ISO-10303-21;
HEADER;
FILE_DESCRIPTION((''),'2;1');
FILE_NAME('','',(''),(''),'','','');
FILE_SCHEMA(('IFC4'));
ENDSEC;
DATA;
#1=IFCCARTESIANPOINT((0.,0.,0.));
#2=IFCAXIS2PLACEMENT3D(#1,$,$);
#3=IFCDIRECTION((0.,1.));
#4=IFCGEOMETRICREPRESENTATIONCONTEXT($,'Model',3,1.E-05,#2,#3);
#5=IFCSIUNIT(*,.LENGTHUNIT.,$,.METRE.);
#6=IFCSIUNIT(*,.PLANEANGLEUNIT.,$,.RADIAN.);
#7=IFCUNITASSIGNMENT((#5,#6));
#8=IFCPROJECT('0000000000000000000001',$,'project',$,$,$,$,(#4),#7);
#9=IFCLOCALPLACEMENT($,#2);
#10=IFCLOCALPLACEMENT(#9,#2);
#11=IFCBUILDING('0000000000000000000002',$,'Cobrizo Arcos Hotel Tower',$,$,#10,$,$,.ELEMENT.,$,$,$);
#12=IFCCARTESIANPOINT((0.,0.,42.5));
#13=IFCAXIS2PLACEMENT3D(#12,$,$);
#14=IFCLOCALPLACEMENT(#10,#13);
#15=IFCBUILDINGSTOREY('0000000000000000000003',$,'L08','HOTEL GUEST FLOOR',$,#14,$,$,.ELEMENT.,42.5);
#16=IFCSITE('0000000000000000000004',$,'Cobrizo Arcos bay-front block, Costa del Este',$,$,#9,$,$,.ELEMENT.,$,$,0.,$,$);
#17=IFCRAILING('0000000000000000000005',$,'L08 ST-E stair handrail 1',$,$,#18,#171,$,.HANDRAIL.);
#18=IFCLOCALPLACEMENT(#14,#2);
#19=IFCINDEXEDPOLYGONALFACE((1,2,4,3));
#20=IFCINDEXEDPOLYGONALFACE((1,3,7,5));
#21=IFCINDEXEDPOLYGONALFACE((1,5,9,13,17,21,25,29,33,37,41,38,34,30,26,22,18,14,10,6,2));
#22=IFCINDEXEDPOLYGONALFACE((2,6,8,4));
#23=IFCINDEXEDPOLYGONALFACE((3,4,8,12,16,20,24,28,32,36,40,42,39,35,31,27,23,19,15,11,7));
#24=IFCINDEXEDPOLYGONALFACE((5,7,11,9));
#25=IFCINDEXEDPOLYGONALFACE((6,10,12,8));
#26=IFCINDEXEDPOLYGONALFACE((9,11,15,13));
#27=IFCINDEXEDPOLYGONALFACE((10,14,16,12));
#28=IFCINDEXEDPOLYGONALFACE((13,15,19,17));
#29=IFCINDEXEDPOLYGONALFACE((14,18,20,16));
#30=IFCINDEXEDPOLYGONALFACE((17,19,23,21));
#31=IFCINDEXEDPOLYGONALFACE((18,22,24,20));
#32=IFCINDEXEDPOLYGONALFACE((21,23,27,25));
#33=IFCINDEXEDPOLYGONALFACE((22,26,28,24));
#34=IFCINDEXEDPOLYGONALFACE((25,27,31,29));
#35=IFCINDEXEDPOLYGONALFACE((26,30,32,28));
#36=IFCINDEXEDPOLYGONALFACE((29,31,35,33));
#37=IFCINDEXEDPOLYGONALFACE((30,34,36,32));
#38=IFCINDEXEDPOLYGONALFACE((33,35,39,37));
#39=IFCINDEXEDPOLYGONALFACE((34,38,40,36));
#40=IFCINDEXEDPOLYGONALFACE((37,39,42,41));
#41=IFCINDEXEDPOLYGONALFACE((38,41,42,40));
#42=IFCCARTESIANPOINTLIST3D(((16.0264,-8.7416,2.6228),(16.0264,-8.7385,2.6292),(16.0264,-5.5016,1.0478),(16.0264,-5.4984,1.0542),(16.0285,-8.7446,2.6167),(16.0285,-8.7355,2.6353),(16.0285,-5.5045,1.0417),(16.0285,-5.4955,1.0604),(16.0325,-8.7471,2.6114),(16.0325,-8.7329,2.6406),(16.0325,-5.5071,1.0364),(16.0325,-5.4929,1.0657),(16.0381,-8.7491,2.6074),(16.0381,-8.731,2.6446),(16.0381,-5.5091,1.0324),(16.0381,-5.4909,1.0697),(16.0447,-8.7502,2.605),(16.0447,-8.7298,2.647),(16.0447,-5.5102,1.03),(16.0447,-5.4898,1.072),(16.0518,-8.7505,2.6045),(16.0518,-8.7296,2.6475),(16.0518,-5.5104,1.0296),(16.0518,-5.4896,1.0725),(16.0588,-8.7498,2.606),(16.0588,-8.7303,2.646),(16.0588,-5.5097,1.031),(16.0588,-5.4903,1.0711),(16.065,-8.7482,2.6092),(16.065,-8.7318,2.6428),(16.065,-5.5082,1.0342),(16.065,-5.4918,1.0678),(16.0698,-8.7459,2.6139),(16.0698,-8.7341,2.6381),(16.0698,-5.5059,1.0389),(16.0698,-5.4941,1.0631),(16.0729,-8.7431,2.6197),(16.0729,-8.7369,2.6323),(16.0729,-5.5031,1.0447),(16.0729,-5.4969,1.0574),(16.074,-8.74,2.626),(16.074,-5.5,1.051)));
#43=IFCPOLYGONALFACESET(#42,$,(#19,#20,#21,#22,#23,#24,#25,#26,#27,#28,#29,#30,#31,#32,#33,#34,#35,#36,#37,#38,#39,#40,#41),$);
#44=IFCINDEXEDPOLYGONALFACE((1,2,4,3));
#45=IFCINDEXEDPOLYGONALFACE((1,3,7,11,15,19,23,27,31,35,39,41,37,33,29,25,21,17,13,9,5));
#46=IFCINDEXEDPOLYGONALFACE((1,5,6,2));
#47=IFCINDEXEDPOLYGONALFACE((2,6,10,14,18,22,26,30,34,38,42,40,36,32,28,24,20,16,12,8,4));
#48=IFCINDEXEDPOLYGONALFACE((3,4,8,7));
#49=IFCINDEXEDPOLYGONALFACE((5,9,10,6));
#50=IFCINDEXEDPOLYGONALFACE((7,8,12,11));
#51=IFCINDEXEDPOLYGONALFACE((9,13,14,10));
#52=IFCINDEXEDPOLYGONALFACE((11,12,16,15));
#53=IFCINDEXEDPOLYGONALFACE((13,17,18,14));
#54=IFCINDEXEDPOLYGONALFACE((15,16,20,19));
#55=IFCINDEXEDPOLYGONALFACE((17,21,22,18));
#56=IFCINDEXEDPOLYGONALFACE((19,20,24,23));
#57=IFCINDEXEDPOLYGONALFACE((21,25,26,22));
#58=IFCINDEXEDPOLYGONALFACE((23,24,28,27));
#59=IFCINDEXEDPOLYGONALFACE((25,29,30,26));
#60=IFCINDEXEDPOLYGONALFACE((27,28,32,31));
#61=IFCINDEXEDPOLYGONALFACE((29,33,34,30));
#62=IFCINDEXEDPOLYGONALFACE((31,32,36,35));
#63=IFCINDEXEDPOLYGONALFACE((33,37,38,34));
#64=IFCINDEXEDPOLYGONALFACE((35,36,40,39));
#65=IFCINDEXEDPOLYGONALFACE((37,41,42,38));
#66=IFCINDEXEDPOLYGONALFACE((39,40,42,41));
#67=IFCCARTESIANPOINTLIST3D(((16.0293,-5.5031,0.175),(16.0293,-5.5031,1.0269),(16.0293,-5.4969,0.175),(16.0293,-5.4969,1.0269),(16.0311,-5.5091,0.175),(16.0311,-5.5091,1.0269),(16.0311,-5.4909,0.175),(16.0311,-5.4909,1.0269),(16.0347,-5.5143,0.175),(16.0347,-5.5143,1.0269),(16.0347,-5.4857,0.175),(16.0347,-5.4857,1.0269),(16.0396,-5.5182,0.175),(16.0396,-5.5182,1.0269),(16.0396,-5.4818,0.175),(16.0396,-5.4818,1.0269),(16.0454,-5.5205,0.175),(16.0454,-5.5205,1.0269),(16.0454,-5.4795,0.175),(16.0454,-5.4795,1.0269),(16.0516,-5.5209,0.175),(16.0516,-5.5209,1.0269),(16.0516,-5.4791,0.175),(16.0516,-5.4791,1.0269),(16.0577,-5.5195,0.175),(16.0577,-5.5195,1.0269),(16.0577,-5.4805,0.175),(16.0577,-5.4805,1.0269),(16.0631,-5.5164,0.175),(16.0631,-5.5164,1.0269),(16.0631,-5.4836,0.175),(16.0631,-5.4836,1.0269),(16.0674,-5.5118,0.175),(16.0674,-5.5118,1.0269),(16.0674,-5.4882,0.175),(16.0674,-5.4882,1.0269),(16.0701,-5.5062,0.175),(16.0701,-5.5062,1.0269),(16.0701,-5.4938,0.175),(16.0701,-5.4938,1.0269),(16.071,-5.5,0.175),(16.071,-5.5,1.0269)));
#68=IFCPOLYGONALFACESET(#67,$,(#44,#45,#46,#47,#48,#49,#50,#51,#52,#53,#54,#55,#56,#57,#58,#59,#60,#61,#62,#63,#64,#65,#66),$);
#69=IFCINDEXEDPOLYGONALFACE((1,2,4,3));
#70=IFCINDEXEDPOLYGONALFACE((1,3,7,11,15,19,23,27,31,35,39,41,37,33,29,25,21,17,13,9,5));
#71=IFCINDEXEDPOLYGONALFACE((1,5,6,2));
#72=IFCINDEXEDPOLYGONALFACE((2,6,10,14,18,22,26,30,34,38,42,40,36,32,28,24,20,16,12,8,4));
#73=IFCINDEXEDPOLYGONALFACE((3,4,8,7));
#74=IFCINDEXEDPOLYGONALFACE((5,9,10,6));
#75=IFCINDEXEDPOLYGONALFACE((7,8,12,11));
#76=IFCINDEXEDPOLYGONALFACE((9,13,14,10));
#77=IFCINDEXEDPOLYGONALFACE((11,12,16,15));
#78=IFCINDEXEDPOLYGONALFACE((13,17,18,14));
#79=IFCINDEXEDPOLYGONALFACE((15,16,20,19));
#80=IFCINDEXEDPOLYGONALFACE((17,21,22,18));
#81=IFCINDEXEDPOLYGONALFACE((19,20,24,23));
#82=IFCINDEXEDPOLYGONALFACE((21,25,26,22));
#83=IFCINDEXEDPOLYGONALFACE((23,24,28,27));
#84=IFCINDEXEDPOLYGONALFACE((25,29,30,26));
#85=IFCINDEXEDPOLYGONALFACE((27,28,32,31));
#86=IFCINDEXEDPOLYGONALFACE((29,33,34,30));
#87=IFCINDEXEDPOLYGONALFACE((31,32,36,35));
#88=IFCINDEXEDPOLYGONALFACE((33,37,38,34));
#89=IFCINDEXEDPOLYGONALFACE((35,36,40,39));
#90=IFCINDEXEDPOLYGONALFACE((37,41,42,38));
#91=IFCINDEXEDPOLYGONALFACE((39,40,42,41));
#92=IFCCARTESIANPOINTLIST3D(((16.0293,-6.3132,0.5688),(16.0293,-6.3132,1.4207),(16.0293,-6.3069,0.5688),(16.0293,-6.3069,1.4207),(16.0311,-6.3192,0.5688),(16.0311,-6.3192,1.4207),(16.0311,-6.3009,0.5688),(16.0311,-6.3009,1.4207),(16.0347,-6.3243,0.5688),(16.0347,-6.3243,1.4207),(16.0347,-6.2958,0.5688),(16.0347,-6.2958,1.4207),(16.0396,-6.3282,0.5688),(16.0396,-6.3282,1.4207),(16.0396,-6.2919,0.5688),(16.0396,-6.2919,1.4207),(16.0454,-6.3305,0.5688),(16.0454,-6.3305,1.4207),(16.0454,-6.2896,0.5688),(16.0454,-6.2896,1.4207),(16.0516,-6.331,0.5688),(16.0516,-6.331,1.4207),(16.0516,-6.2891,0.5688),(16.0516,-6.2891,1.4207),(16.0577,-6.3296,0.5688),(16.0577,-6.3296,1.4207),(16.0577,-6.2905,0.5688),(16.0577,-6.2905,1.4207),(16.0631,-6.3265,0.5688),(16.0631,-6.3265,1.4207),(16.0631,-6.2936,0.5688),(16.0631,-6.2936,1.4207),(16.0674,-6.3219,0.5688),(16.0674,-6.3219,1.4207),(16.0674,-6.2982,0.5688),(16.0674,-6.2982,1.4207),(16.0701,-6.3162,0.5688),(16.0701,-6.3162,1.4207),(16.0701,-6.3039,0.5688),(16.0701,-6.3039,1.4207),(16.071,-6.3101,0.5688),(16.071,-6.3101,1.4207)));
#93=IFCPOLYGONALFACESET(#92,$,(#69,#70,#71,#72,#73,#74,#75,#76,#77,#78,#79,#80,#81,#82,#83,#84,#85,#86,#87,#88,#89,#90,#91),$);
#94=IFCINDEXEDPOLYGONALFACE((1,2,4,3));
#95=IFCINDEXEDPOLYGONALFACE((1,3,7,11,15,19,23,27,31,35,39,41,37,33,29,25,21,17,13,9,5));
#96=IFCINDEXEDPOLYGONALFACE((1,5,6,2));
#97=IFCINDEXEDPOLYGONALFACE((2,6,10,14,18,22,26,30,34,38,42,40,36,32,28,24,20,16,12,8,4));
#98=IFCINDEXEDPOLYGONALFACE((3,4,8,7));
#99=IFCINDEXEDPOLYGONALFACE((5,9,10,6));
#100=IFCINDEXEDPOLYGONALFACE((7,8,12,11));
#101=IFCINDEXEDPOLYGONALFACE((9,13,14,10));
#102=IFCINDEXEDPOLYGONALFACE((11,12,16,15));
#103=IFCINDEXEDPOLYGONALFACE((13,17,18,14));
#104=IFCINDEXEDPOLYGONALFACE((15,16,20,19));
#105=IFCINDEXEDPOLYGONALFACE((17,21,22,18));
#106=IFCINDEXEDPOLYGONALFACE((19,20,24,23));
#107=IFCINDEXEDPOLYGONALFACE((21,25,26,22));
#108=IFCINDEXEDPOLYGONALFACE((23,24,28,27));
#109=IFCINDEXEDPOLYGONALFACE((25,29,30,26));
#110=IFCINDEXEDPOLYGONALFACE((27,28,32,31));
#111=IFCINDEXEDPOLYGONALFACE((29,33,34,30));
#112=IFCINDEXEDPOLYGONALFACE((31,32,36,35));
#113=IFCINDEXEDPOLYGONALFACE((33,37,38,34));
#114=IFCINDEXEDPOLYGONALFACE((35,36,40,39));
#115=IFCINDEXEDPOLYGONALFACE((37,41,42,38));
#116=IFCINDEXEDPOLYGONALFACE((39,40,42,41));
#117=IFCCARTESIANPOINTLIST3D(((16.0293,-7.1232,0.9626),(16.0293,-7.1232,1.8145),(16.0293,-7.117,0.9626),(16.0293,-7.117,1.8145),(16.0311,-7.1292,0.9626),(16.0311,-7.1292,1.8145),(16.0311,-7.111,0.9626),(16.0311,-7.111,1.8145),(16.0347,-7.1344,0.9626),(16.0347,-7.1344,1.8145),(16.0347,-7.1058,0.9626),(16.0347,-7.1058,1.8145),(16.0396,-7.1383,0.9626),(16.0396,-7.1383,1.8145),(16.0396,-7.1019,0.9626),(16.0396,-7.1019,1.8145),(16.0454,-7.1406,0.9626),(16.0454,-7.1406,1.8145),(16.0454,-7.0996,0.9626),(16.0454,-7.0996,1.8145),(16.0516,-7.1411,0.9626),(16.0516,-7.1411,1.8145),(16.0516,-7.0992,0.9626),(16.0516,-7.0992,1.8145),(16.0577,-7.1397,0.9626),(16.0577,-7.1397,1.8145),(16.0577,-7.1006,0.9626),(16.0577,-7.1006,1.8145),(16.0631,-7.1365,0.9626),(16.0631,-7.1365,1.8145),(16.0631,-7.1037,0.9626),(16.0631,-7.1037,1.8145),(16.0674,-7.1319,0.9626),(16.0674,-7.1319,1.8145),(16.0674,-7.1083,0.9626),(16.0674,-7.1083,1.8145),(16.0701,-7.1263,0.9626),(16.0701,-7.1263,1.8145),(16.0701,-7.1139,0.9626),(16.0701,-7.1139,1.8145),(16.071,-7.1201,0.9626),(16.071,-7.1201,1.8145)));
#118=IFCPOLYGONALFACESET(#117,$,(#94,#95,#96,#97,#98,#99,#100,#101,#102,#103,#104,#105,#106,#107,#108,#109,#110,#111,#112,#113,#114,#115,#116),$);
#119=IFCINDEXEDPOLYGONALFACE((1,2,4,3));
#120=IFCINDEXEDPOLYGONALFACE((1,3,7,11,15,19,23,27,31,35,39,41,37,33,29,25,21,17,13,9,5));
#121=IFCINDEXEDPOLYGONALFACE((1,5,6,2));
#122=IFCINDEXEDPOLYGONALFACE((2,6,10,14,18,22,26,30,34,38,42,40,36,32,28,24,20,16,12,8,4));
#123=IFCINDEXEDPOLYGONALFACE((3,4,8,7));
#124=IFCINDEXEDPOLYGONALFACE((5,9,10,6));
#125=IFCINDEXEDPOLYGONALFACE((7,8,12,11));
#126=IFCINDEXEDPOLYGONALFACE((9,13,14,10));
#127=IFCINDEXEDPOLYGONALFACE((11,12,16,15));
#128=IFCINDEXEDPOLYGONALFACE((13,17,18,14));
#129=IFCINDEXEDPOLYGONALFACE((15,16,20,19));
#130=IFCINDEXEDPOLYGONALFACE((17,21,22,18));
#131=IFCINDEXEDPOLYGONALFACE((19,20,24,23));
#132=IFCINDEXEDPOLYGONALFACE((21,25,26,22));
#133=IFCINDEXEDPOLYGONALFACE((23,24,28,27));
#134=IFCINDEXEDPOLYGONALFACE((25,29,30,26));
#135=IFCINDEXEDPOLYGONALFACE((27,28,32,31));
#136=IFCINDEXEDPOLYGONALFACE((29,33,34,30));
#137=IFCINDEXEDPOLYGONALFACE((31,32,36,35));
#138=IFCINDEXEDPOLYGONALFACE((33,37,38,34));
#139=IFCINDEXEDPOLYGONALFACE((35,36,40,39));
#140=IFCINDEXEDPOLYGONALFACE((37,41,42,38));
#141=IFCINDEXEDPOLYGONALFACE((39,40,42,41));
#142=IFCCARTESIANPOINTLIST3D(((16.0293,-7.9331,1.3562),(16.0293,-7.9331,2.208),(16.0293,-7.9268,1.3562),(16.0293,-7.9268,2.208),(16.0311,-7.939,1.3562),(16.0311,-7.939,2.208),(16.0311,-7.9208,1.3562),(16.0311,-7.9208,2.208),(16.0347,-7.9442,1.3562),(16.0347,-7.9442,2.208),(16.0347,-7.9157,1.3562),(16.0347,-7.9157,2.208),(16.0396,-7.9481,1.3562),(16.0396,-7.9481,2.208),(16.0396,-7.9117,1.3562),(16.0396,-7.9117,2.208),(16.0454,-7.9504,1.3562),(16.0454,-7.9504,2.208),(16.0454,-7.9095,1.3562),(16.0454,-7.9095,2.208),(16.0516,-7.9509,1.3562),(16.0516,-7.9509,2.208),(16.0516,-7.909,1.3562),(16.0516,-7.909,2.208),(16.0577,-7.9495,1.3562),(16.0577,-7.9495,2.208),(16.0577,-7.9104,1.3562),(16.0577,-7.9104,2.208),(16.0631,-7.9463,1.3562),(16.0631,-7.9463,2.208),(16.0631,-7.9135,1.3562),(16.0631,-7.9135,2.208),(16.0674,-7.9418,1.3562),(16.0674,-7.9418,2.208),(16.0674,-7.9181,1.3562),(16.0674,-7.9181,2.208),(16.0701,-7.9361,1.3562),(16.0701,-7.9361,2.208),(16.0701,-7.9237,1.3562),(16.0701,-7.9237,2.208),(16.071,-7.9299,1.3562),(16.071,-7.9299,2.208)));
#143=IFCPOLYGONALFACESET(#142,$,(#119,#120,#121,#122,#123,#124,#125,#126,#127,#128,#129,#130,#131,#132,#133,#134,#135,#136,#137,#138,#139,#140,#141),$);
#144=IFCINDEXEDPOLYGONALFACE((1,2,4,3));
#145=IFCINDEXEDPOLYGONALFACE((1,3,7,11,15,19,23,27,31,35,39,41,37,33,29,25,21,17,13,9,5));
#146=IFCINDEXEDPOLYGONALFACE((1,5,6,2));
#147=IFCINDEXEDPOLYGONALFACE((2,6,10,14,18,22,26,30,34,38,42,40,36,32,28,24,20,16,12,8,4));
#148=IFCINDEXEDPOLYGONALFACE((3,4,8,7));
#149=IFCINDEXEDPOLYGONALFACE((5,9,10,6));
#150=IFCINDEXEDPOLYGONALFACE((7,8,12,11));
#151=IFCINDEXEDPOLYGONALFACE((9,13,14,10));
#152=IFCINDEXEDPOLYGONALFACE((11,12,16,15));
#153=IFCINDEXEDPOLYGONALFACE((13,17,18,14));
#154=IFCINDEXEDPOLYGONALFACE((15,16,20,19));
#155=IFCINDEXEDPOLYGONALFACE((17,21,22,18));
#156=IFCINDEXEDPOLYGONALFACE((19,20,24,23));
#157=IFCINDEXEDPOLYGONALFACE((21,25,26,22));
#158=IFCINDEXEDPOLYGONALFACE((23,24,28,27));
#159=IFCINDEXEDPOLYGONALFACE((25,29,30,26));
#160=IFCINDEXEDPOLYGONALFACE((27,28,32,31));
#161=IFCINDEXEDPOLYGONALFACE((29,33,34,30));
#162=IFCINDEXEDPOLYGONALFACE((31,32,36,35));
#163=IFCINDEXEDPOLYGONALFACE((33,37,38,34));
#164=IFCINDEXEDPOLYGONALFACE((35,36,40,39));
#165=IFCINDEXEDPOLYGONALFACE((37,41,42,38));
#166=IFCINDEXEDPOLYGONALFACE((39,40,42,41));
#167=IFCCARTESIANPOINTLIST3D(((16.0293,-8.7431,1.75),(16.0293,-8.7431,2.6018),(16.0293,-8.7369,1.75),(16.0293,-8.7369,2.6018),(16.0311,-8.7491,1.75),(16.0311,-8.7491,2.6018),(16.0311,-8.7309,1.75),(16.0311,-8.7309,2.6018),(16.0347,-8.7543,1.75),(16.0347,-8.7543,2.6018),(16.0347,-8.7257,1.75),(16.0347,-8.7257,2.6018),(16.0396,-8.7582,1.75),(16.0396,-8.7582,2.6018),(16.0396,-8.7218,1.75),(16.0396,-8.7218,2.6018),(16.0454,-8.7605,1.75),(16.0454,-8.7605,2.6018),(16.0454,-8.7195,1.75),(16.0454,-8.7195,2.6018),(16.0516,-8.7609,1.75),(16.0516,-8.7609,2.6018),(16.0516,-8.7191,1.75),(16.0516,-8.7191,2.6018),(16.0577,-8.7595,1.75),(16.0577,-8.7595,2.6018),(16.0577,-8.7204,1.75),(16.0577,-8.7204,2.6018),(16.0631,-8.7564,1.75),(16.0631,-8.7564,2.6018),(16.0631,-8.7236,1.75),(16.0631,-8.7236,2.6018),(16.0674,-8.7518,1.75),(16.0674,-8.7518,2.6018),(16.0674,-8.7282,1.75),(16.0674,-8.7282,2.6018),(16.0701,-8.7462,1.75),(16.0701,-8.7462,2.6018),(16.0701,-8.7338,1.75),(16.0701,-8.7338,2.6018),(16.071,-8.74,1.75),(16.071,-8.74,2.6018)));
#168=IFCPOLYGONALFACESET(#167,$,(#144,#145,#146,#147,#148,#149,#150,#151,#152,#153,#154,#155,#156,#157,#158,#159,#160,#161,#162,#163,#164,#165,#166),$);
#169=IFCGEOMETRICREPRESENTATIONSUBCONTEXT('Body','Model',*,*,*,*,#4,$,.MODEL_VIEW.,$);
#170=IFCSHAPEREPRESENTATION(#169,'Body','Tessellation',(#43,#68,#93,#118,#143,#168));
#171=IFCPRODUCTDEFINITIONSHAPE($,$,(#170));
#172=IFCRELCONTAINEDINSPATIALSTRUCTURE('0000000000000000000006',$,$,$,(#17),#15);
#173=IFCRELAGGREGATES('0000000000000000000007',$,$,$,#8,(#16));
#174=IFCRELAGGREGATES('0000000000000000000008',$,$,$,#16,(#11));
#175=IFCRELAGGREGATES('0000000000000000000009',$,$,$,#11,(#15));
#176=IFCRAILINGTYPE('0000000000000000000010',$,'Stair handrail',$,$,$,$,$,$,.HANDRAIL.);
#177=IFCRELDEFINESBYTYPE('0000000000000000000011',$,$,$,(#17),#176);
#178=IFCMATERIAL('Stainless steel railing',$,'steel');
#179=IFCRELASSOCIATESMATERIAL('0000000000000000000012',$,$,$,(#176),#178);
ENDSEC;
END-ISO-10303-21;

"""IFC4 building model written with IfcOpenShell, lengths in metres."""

from ifc_helpers import new_model, si_unit, direction, frame, origin, origin_2d, place, context, subcontext, project, spatial, circle, extrude, material, type_object, element, save


model = new_model("IFC4")

# Units and contexts
model_context = context("Model", 3, precision=1e-05, world=origin(), true_north=direction((0.0, 1.0)))
body_context = subcontext(model_context, "Body", "Model", "MODEL_VIEW")
ifc_project = project(units=[si_unit("LENGTHUNIT", "METRE"), si_unit("PLANEANGLEUNIT", "RADIAN")], contexts=[model_context])

# Site, building, storey
site_placement = place(None, origin())
site = spatial("IfcSite", under=ifc_project, at=site_placement, Name="Cobrizo Arcos bay-front block, Costa del Este", CompositionType="ELEMENT", RefElevation=0.0)
building_placement = place(site_placement, origin())
building = spatial("IfcBuilding", under=site, at=building_placement, Name="Cobrizo Arcos Hotel Tower", CompositionType="ELEMENT")
storey_placement = place(building_placement, frame((0.0, 0.0, 42.5)))
storey = spatial("IfcBuildingStorey", under=building, at=storey_placement, Name="L08", Description="HOTEL GUEST FLOOR", CompositionType="ELEMENT", Elevation=42.5)

# Railing
ifc_material_1 = material(Name="Stainless steel railing", Category="steel")
railing_type = type_object("IfcRailingType", Name="Stair handrail", PredefinedType="HANDRAIL", material=ifc_material_1)
railing_placement = place(storey_placement, frame((16.05, -5.5, 0.175)))
element("IfcRailing", 1, at=railing_placement, inside=storey, type_object=railing_type, Name="L08 ST-E stair handrail 1", PredefinedType="HANDRAIL", context=body_context, shape_type="SweptSolid", body=[
    extrude(circle(Radius=0.0239, at=origin_2d()), frame((0.0, 0.0, 0.876), z_axis=(0.0, -0.899373, 0.437183), x_axis=(1.0, 0.0, 0.0)), (0.0, 0.0, 1.0), 3.6025),
    extrude(circle(Radius=0.021, at=origin_2d()), origin(), (0.0, 0.0, 1.0), 0.8518),
    extrude(circle(Radius=0.021, at=origin_2d()), frame((0.0, -0.8101, 0.3938)), (0.0, 0.0, 1.0), 0.8518),
    extrude(circle(Radius=0.021, at=origin_2d()), frame((0.0, -1.6201, 0.7876)), (0.0, 0.0, 1.0), 0.8518),
    extrude(circle(Radius=0.021, at=origin_2d()), frame((0.0, -2.4299, 1.1812)), (0.0, 0.0, 1.0), 0.8518),
    extrude(circle(Radius=0.021, at=origin_2d()), frame((0.0, -3.24, 1.575)), (0.0, 0.0, 1.0), 0.8518),
])

save(model, "model.ifc")
